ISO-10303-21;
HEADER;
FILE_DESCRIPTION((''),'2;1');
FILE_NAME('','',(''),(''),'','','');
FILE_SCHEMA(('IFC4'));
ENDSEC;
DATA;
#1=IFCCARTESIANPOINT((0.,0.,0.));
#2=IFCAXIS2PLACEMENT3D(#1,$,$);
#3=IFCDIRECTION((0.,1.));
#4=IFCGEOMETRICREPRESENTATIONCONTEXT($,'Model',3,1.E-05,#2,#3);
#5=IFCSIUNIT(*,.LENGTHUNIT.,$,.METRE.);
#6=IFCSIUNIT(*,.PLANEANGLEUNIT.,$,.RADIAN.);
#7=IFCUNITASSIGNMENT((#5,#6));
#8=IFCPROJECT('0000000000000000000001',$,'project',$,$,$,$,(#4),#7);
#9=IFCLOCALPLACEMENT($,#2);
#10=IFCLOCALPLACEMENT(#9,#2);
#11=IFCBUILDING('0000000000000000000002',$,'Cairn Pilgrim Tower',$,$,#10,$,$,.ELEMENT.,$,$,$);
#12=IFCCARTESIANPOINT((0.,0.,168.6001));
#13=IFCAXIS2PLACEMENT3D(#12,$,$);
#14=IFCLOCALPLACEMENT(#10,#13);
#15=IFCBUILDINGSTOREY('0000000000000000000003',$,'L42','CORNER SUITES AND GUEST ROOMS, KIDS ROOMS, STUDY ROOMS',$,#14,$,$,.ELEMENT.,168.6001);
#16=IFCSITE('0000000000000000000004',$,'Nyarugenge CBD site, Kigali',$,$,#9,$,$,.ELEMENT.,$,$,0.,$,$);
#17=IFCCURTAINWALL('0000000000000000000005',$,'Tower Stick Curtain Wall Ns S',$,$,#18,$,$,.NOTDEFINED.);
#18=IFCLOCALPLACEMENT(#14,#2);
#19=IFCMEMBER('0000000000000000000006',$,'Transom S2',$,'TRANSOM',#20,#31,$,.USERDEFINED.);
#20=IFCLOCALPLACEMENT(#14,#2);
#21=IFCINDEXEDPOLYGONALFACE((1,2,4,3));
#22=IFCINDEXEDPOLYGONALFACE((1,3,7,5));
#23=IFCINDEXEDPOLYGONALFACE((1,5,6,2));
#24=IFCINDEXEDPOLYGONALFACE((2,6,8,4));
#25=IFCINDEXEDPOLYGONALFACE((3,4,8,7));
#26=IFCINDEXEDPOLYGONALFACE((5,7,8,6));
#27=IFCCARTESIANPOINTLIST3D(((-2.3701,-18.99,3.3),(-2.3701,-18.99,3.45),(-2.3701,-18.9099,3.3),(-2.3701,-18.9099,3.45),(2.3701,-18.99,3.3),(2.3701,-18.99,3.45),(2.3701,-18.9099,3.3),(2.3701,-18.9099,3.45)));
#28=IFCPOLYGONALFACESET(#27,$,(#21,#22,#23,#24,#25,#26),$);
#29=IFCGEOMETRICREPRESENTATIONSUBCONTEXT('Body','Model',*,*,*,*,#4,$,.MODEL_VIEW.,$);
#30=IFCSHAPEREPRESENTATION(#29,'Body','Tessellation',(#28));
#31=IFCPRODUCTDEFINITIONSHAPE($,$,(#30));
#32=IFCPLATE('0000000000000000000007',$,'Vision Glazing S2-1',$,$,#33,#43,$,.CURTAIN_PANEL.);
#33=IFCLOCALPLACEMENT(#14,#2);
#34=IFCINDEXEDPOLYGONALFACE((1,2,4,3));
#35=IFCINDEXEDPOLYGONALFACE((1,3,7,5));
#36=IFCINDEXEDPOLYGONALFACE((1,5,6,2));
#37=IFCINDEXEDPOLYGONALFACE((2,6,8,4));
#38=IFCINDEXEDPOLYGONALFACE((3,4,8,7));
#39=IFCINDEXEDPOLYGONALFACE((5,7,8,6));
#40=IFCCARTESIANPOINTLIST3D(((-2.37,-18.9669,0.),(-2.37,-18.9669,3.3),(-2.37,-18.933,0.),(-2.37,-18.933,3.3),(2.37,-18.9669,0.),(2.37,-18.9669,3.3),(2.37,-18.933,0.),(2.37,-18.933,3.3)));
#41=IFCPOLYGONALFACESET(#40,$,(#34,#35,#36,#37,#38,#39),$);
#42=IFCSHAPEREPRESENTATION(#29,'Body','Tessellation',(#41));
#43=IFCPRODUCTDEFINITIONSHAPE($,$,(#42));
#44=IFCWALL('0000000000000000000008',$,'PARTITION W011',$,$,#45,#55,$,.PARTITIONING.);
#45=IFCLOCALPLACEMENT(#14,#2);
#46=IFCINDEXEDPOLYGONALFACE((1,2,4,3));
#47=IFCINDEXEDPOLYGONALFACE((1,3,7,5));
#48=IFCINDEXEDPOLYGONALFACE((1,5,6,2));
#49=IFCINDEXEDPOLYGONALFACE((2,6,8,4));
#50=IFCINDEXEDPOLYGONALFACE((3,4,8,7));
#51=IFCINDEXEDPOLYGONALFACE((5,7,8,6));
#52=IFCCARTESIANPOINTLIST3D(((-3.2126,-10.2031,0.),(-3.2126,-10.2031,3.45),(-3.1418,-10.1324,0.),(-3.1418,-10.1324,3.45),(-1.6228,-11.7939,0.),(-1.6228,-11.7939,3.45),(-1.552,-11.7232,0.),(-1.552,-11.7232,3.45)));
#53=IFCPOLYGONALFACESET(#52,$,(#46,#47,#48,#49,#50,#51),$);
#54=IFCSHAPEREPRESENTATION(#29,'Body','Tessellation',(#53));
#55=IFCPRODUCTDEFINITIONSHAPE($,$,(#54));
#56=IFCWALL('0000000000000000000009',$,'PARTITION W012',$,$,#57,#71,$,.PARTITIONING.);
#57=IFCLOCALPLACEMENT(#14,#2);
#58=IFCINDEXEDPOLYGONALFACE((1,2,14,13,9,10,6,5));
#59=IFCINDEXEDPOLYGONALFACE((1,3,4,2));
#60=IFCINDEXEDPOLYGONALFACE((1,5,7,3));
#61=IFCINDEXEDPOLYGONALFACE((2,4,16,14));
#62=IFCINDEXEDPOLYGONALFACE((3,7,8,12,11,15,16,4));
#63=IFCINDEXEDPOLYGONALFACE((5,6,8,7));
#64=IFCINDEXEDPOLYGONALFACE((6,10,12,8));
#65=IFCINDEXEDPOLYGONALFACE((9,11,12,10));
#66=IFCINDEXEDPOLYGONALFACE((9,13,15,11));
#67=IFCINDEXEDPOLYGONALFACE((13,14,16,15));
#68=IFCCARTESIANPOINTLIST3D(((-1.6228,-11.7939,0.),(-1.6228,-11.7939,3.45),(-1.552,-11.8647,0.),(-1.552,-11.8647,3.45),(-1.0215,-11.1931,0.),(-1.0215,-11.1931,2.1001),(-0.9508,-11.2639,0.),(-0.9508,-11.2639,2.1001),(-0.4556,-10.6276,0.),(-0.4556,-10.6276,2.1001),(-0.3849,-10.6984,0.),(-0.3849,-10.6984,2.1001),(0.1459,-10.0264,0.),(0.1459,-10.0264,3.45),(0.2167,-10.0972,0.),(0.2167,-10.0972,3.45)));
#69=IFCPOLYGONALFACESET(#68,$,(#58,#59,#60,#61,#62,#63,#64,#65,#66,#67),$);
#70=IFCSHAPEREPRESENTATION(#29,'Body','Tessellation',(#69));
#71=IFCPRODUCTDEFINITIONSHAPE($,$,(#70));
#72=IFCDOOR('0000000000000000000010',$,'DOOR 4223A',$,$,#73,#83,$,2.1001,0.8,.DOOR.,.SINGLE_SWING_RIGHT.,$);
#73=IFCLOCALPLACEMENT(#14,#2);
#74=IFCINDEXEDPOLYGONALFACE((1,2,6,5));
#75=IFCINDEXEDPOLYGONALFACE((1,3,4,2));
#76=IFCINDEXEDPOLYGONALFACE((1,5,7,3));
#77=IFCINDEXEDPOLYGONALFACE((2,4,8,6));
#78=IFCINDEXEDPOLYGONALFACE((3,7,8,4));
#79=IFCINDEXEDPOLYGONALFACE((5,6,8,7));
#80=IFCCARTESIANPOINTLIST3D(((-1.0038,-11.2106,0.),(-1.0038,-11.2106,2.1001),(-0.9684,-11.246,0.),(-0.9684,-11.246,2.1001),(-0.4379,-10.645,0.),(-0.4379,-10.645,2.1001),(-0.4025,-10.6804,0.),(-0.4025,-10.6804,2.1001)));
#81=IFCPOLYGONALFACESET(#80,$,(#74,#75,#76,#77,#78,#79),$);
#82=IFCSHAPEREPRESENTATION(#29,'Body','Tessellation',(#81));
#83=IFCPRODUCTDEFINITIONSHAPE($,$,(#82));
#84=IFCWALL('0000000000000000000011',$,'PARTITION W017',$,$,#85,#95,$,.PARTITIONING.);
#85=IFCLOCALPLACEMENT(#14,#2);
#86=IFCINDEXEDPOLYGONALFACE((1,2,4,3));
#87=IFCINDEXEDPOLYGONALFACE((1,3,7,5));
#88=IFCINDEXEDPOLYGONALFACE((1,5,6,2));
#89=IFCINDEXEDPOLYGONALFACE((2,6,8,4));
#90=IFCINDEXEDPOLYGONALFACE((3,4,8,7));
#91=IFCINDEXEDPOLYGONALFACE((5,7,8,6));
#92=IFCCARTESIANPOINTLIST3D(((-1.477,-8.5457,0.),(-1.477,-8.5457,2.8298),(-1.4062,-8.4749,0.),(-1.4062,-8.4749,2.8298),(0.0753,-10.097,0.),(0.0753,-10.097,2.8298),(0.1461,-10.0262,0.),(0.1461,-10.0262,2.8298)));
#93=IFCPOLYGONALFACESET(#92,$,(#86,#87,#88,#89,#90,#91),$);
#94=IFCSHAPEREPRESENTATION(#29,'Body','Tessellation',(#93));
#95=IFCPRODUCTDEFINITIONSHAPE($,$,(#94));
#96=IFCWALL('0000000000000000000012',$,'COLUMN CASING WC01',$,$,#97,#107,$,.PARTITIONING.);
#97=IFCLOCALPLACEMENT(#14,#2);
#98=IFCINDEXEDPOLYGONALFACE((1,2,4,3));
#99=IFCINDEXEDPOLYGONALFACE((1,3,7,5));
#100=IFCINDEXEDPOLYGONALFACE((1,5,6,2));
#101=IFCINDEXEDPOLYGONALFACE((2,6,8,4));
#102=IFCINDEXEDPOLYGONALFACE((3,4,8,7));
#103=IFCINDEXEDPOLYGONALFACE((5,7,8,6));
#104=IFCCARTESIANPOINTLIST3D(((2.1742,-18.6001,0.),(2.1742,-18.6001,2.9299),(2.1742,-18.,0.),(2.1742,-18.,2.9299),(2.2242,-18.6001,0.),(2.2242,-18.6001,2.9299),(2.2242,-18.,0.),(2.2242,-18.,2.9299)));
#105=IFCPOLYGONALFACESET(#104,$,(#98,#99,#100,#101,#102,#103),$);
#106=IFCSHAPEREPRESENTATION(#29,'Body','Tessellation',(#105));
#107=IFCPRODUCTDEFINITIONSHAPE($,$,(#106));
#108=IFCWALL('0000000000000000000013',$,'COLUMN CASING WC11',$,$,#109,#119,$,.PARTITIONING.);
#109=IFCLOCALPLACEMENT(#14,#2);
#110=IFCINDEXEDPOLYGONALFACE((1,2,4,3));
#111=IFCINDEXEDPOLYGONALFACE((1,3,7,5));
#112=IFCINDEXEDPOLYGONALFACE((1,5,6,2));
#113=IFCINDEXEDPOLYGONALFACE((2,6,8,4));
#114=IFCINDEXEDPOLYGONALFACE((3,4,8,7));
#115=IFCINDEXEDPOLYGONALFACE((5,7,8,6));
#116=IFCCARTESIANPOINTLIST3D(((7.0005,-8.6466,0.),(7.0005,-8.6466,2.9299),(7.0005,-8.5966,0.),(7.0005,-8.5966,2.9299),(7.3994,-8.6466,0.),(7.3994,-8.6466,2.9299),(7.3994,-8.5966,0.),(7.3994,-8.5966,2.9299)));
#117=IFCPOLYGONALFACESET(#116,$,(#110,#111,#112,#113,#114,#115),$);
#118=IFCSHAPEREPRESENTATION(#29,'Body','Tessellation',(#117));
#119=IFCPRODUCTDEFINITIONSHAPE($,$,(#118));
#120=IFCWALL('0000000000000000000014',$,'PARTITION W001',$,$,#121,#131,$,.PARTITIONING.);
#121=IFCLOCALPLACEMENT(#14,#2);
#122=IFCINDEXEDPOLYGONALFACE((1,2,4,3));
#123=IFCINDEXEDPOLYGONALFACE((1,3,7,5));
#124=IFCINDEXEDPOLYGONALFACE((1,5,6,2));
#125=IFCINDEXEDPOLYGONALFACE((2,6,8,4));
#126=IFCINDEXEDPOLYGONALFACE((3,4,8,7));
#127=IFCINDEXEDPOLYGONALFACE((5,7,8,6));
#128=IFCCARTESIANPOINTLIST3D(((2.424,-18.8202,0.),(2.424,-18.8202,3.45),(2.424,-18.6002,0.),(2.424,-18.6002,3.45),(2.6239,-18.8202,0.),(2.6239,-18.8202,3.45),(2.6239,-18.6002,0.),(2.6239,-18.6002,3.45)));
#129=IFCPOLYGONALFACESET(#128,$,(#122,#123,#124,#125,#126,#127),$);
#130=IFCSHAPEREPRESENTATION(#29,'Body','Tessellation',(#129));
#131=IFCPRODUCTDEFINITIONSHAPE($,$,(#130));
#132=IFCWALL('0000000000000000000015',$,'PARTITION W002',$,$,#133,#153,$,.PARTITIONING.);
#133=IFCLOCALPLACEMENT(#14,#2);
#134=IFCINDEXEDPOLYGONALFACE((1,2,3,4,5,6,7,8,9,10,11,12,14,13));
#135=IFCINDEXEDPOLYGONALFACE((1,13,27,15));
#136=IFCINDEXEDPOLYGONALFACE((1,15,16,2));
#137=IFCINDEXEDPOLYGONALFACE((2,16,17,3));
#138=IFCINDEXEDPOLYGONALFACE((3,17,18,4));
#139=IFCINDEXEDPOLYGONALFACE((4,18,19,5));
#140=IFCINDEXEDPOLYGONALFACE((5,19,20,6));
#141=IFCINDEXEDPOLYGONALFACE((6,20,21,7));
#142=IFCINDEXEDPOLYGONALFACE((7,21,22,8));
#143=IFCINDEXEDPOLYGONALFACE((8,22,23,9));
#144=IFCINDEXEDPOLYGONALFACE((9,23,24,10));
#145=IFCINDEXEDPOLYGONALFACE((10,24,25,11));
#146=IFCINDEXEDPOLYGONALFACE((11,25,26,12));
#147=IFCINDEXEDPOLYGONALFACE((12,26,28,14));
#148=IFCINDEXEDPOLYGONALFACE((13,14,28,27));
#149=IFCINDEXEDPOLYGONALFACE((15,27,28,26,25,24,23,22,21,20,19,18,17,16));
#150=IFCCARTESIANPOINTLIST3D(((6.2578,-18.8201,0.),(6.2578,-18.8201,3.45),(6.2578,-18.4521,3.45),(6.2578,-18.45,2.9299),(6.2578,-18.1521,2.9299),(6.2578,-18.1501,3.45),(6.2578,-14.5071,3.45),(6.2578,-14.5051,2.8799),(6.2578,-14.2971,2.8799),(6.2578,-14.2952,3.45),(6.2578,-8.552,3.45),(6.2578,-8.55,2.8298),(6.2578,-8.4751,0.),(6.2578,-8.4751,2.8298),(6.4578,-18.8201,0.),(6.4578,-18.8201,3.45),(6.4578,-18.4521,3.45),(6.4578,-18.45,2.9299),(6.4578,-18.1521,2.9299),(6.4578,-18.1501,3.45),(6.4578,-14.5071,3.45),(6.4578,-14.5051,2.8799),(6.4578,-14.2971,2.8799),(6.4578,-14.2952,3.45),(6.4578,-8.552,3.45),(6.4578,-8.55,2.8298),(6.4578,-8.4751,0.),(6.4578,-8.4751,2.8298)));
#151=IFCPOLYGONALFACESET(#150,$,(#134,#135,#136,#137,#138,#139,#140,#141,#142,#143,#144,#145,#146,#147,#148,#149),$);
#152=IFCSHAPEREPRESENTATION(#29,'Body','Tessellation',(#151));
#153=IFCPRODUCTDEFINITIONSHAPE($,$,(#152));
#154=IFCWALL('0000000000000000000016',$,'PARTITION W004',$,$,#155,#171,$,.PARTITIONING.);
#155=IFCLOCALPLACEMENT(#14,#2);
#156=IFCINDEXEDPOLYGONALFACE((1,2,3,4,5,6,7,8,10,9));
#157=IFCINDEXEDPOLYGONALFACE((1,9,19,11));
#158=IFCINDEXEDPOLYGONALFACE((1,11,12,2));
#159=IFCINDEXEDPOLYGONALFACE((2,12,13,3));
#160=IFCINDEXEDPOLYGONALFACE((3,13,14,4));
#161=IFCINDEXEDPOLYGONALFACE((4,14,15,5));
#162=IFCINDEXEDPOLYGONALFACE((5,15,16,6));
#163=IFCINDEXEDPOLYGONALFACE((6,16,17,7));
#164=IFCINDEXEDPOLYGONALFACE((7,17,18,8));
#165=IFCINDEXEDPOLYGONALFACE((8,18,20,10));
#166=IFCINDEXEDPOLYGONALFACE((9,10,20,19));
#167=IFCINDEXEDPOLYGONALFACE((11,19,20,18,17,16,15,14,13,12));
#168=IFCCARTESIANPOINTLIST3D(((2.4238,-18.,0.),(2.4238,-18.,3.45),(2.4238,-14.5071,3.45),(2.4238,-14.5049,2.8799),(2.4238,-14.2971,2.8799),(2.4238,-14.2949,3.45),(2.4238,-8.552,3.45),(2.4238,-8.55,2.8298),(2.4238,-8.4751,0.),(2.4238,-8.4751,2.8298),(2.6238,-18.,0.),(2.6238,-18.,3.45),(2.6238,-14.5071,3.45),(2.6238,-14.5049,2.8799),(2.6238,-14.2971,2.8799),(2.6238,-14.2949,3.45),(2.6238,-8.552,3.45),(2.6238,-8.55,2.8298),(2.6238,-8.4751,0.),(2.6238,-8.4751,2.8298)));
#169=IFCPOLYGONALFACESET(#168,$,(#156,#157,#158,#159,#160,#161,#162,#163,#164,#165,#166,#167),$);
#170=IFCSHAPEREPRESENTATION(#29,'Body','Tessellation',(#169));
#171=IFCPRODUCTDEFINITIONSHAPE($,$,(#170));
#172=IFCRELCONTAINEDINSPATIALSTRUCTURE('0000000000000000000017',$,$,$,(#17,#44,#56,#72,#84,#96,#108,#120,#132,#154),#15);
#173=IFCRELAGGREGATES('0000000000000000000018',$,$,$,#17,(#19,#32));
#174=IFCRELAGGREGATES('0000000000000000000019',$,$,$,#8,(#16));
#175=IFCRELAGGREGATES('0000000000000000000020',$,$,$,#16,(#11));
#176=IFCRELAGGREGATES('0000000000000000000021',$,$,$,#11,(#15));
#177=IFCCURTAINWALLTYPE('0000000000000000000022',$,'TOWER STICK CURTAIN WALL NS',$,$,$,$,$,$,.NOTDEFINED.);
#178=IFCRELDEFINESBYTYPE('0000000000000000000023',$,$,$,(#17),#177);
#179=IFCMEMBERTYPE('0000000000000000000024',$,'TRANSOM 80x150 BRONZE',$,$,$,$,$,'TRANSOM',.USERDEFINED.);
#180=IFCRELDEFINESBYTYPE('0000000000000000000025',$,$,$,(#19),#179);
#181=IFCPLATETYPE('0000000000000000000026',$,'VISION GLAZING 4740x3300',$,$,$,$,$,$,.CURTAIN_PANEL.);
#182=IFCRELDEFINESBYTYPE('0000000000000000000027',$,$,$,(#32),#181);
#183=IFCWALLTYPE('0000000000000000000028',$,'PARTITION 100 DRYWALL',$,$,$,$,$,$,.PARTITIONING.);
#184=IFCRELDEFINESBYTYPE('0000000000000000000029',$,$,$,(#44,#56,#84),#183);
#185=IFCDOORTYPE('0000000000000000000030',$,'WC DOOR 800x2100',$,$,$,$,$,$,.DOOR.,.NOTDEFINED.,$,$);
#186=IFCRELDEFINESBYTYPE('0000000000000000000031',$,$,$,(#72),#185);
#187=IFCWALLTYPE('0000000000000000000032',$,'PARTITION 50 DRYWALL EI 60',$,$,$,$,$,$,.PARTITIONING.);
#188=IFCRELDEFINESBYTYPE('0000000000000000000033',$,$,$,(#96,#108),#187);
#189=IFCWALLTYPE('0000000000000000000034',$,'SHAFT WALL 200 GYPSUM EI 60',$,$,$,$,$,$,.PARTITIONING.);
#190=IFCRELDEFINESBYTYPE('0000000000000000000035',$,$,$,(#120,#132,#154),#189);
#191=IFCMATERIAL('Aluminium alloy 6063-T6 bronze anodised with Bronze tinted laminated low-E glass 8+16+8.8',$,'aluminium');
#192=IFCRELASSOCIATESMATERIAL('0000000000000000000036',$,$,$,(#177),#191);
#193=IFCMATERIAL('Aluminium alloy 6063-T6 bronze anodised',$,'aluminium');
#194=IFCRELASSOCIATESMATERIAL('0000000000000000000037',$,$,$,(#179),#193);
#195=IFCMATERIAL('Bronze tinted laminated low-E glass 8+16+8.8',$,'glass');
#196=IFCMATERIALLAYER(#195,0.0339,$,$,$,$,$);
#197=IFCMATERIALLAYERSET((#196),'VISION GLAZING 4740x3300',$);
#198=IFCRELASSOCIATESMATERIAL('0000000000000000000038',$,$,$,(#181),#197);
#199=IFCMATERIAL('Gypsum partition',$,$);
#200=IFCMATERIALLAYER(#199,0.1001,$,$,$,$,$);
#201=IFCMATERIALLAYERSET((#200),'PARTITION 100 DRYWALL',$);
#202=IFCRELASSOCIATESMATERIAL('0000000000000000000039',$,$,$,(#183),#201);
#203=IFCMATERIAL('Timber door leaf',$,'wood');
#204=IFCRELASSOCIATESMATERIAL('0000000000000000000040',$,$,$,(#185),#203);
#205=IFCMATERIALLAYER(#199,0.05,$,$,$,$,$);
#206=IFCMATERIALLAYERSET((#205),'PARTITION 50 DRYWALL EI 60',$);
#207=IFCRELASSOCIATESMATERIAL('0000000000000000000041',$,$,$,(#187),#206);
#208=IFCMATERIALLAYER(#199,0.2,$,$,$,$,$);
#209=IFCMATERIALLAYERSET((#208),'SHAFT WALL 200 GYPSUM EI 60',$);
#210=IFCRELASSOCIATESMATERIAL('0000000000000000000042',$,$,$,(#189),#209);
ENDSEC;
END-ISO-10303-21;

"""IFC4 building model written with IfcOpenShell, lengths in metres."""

from ifc_helpers import new_model, si_unit, direction, frame, frame_2d, origin, origin_2d, place, context, subcontext, project, spatial, polyline, rectangle, outline, extrude, material, layer, layer_set, material_profile, profile_set, type_object, element, fill, aggregate, save


model = new_model("IFC4")

# Units and contexts
model_context = context("Model", 3, precision=1e-05, world=origin(), true_north=direction((0.0, 1.0)))
body_context = subcontext(model_context, "Body", "Model", "MODEL_VIEW")
ifc_project = project(units=[si_unit("LENGTHUNIT", "METRE"), si_unit("PLANEANGLEUNIT", "RADIAN")], contexts=[model_context])

# Site, building, storey
site_placement = place(None, origin())
site = spatial("IfcSite", under=ifc_project, at=site_placement, Name="Nyarugenge CBD site, Kigali", CompositionType="ELEMENT", RefElevation=0.0)
building_placement = place(site_placement, origin())
building = spatial("IfcBuilding", under=site, at=building_placement, Name="Cairn Pilgrim Tower", CompositionType="ELEMENT")
storey_placement = place(building_placement, frame((0.0, 0.0, 168.6001)))
storey = spatial("IfcBuildingStorey", under=building, at=storey_placement, Name="L42", Description="CORNER SUITES AND GUEST ROOMS, KIDS ROOMS, STUDY ROOMS", CompositionType="ELEMENT", Elevation=168.6001)

# Curtain wall
ifc_material_1 = material(Name="Aluminium alloy 6063-T6 bronze anodised with Bronze tinted laminated low-E glass 8+16+8.8", Category="aluminium")
curtain_wall_type = type_object("IfcCurtainWallType", Name="TOWER STICK CURTAIN WALL NS", PredefinedType="NOTDEFINED", material=ifc_material_1)
curtain_wall_placement = place(storey_placement, origin())
curtain_wall = element("IfcCurtainWall", 1, at=curtain_wall_placement, inside=storey, type_object=curtain_wall_type, Name="Tower Stick Curtain Wall Ns S", PredefinedType="NOTDEFINED")
ifc_material_2 = material(Name="Aluminium alloy 6063-T6 bronze anodised", Category="aluminium")

# Member
ifc_material_profile_1 = material_profile(ifc_material_2, rectangle(XDim=0.0801, YDim=0.1499, at=origin_2d()), Name="TRANSOM 80x150 BRONZE")
ifc_profile_set_1 = profile_set([ifc_material_profile_1], Name="Aluminium alloy 6063-T6 bronze anodised")
member_type_1 = type_object("IfcMemberType", Name="TRANSOM 80x150 BRONZE", ElementType="TRANSOM", PredefinedType="USERDEFINED", material=ifc_profile_set_1)
member_1_placement = place(storey_placement, frame((-2.3701, -18.95, 3.375), z_axis=(1.0, 0.0, 0.0), x_axis=(0.0, 1.0, 0.0)))
member_1 = element("IfcMember", 2, at=member_1_placement, type_object=member_type_1, Name="Transom S2", ObjectType="TRANSOM", PredefinedType="USERDEFINED", context=body_context, shape_type="SweptSolid", body=[
    extrude(rectangle(XDim=0.0801, YDim=0.1499, at=origin_2d()), origin(), (0.0, 0.0, 1.0), 4.7402),
])

# Plate
ifc_material_3 = material(Name="Bronze tinted laminated low-E glass 8+16+8.8", Category="glass")
ifc_layer_1 = layer(ifc_material_3, 0.0339)
ifc_layer_set_1 = layer_set([ifc_layer_1], Name="VISION GLAZING 4740x3300")
plate_type = type_object("IfcPlateType", Name="VISION GLAZING 4740x3300", PredefinedType="CURTAIN_PANEL", material=ifc_layer_set_1)
plate_placement = place(storey_placement, frame((0.0, -18.95, 0.0), z_axis=(0.0, 0.0, 1.0), x_axis=(1.0, 0.0, 0.0)))
plate = element("IfcPlate", 3, at=plate_placement, type_object=plate_type, Name="Vision Glazing S2-1", PredefinedType="CURTAIN_PANEL", context=body_context, shape_type="SweptSolid", body=[
    extrude(rectangle(XDim=4.74, YDim=0.0339, at=origin_2d()), origin(), (0.0, 0.0, 1.0), 3.3),
])
aggregate(curtain_wall, [member_1, plate])

# Wall
ifc_material_4 = material(Name="Gypsum partition")
ifc_layer_2 = layer(ifc_material_4, 0.1001)
ifc_layer_set_2 = layer_set([ifc_layer_2], Name="PARTITION 100 DRYWALL")
wall_type_1 = type_object("IfcWallType", Name="PARTITION 100 DRYWALL", PredefinedType="PARTITIONING", material=ifc_layer_set_2)
wall_1_placement = place(storey_placement, frame((-1.5874, -11.7585, 0.0), z_axis=(0.0, 0.0, 1.0), x_axis=(-0.70689, 0.707324, 0.0)))
element("IfcWall", 4, at=wall_1_placement, inside=storey, type_object=wall_type_1, Name="PARTITION W011", PredefinedType="PARTITIONING", context=body_context, shape_type="SweptSolid", body=[
    extrude(rectangle(XDim=2.249, YDim=0.1001, at=frame_2d((1.1245, 0.0))), origin(), (0.0, 0.0, 1.0), 3.45),
])

# Wall, opening, door
wall_2_placement = place(storey_placement, frame((-1.5874, -11.8293, 0.0), z_axis=(0.0, 0.0, 1.0), x_axis=(0.707351, 0.706863, 0.0)))
wall_2 = element("IfcWall", 5, at=wall_2_placement, inside=storey, type_object=wall_type_1, Name="PARTITION W012", PredefinedType="PARTITIONING", context=body_context, shape_type="SweptSolid", body=[
    extrude(rectangle(XDim=2.5005, YDim=0.1001, at=frame_2d((1.2502, 0.0))), origin(), (0.0, 0.0, 1.0), 3.45),
])
opening_1_placement = place(wall_2_placement, frame((0.8501, 0.0, 0.0)))
opening_1 = element("IfcOpeningElement", 6, at=opening_1_placement, cuts=wall_2, PredefinedType="OPENING", context=body_context, shape_type="SweptSolid", body=[
    extrude(rectangle(XDim=0.8, YDim=2.1001, at=frame_2d((0.3999, 1.05))), frame((0.0, 0.0601, 0.0), z_axis=(0.0, -1.0, 0.0), x_axis=(1.0, 0.0, 0.0)), (0.0, 0.0, 1.0), 0.1201),
])
ifc_material_5 = material(Name="Timber door leaf", Category="wood")
door_type_1 = type_object("IfcDoorType", Name="WC DOOR 800x2100", OperationType="NOTDEFINED", PredefinedType="DOOR", material=ifc_material_5)
door_1_placement = place(opening_1_placement, frame((0.8, 0.0, 0.0), z_axis=(0.0, 0.0, 1.0), x_axis=(-1.0, 0.0, 0.0)))
door_1 = element("IfcDoor", 7, at=door_1_placement, inside=storey, type_object=door_type_1, Name="DOOR 4223A", OperationType="SINGLE_SWING_RIGHT", OverallHeight=2.1001, OverallWidth=0.8, PredefinedType="DOOR", context=body_context, shape_type="SweptSolid", body=[
    extrude(rectangle(XDim=0.8, YDim=2.1001, at=frame_2d((0.3999, 1.05))), frame((0.0, 0.0249, 0.0), z_axis=(0.0, -1.0, 0.0), x_axis=(1.0, 0.0, 0.0)), (0.0, 0.0, 1.0), 0.05),
])
fill(opening_1, door_1)

# Walls
wall_3_placement = place(storey_placement, frame((0.1106, -10.0615, 0.0), z_axis=(0.0, 0.0, 1.0), x_axis=(-0.707329, 0.706884, 0.0)))
element("IfcWall", 8, at=wall_3_placement, inside=storey, type_object=wall_type_1, Name="PARTITION W017", PredefinedType="PARTITIONING", context=body_context, shape_type="SweptSolid", body=[
    extrude(rectangle(XDim=2.1946, YDim=0.1001, at=frame_2d((1.0972, 0.0))), origin(), (0.0, 0.0, 1.0), 2.8298),
])
ifc_layer_3 = layer(ifc_material_4, 0.05)
ifc_layer_set_3 = layer_set([ifc_layer_3], Name="PARTITION 50 DRYWALL EI 60")
wall_type_2 = type_object("IfcWallType", Name="PARTITION 50 DRYWALL EI 60", PredefinedType="PARTITIONING", material=ifc_layer_set_3)
wall_4_placement = place(storey_placement, frame((2.1992, -18.6001, 0.0), z_axis=(0.0, 0.0, 1.0), x_axis=(0.0, 1.0, 0.0)))
element("IfcWall", 9, at=wall_4_placement, inside=storey, type_object=wall_type_2, Name="COLUMN CASING WC01", PredefinedType="PARTITIONING", context=body_context, shape_type="SweptSolid", body=[
    extrude(rectangle(XDim=0.6001, YDim=0.05, at=frame_2d((0.3, 0.0))), origin(), (0.0, 0.0, 1.0), 2.9299),
])
wall_5_placement = place(storey_placement, frame((7.0005, -8.6216, 0.0), z_axis=(0.0, 0.0, 1.0), x_axis=(1.0, 0.0, 0.0)))
element("IfcWall", 10, at=wall_5_placement, inside=storey, type_object=wall_type_2, Name="COLUMN CASING WC11", PredefinedType="PARTITIONING", context=body_context, shape_type="SweptSolid", body=[
    extrude(rectangle(XDim=0.3989, YDim=0.05, at=frame_2d((0.1995, 0.0))), origin(), (0.0, 0.0, 1.0), 2.9299),
])
ifc_layer_4 = layer(ifc_material_4, 0.2)
ifc_layer_set_4 = layer_set([ifc_layer_4], Name="SHAFT WALL 200 GYPSUM EI 60")
wall_type_3 = type_object("IfcWallType", Name="SHAFT WALL 200 GYPSUM EI 60", PredefinedType="PARTITIONING", material=ifc_layer_set_4)
wall_6_placement = place(storey_placement, frame((2.5239, -18.8201, 0.0), z_axis=(0.0, 0.0, 1.0), x_axis=(0.0, 1.0, 0.0)))
element("IfcWall", 11, at=wall_6_placement, inside=storey, type_object=wall_type_3, Name="PARTITION W001", PredefinedType="PARTITIONING", context=body_context, shape_type="SweptSolid", body=[
    extrude(rectangle(XDim=0.22, YDim=0.2, at=frame_2d((0.1099, 0.0))), origin(), (0.0, 0.0, 1.0), 3.45),
])
wall_7_placement = place(storey_placement, frame((6.3579, -18.8201, 0.0), z_axis=(0.0, 0.0, 1.0), x_axis=(0.0, 1.0, 0.0)))
element("IfcWall", 12, at=wall_7_placement, inside=storey, type_object=wall_type_3, Name="PARTITION W002", PredefinedType="PARTITIONING", context=body_context, shape_type="SweptSolid", body=[
    extrude(outline(polyline([(0.0, 0.0), (10.345, 0.0), (10.345, 2.8298), (10.27, 2.8298), (10.2681, 3.45), (4.5249, 3.45), (4.5229, 2.8799), (4.3149, 2.8799), (4.313, 3.45), (0.6699, 3.45), (0.668, 2.9299), (0.3701, 2.9299), (0.3679, 3.45), (0.0, 3.45), (0.0, 0.0)])), frame((0.0, 0.1001, 0.0), z_axis=(0.0, -1.0, 0.0), x_axis=(1.0, 0.0, 0.0)), (0.0, 0.0, 1.0), 0.2),
])
wall_8_placement = place(storey_placement, frame((2.5239, -18.0, 0.0), z_axis=(0.0, 0.0, 1.0), x_axis=(0.0, 1.0, 0.0)))
element("IfcWall", 13, at=wall_8_placement, inside=storey, type_object=wall_type_3, Name="PARTITION W004", PredefinedType="PARTITIONING", context=body_context, shape_type="SweptSolid", body=[
    extrude(outline(polyline([(0.0, 0.0), (9.5249, 0.0), (9.5249, 2.8298), (9.45, 2.8298), (9.448, 3.45), (3.7051, 3.45), (3.7029, 2.8799), (3.4951, 2.8799), (3.4929, 3.45), (0.0, 3.45), (0.0, 0.0)])), frame((0.0, 0.1001, 0.0), z_axis=(0.0, -1.0, 0.0), x_axis=(1.0, 0.0, 0.0)), (0.0, 0.0, 1.0), 0.2),
])

save(model, "model.ifc")
